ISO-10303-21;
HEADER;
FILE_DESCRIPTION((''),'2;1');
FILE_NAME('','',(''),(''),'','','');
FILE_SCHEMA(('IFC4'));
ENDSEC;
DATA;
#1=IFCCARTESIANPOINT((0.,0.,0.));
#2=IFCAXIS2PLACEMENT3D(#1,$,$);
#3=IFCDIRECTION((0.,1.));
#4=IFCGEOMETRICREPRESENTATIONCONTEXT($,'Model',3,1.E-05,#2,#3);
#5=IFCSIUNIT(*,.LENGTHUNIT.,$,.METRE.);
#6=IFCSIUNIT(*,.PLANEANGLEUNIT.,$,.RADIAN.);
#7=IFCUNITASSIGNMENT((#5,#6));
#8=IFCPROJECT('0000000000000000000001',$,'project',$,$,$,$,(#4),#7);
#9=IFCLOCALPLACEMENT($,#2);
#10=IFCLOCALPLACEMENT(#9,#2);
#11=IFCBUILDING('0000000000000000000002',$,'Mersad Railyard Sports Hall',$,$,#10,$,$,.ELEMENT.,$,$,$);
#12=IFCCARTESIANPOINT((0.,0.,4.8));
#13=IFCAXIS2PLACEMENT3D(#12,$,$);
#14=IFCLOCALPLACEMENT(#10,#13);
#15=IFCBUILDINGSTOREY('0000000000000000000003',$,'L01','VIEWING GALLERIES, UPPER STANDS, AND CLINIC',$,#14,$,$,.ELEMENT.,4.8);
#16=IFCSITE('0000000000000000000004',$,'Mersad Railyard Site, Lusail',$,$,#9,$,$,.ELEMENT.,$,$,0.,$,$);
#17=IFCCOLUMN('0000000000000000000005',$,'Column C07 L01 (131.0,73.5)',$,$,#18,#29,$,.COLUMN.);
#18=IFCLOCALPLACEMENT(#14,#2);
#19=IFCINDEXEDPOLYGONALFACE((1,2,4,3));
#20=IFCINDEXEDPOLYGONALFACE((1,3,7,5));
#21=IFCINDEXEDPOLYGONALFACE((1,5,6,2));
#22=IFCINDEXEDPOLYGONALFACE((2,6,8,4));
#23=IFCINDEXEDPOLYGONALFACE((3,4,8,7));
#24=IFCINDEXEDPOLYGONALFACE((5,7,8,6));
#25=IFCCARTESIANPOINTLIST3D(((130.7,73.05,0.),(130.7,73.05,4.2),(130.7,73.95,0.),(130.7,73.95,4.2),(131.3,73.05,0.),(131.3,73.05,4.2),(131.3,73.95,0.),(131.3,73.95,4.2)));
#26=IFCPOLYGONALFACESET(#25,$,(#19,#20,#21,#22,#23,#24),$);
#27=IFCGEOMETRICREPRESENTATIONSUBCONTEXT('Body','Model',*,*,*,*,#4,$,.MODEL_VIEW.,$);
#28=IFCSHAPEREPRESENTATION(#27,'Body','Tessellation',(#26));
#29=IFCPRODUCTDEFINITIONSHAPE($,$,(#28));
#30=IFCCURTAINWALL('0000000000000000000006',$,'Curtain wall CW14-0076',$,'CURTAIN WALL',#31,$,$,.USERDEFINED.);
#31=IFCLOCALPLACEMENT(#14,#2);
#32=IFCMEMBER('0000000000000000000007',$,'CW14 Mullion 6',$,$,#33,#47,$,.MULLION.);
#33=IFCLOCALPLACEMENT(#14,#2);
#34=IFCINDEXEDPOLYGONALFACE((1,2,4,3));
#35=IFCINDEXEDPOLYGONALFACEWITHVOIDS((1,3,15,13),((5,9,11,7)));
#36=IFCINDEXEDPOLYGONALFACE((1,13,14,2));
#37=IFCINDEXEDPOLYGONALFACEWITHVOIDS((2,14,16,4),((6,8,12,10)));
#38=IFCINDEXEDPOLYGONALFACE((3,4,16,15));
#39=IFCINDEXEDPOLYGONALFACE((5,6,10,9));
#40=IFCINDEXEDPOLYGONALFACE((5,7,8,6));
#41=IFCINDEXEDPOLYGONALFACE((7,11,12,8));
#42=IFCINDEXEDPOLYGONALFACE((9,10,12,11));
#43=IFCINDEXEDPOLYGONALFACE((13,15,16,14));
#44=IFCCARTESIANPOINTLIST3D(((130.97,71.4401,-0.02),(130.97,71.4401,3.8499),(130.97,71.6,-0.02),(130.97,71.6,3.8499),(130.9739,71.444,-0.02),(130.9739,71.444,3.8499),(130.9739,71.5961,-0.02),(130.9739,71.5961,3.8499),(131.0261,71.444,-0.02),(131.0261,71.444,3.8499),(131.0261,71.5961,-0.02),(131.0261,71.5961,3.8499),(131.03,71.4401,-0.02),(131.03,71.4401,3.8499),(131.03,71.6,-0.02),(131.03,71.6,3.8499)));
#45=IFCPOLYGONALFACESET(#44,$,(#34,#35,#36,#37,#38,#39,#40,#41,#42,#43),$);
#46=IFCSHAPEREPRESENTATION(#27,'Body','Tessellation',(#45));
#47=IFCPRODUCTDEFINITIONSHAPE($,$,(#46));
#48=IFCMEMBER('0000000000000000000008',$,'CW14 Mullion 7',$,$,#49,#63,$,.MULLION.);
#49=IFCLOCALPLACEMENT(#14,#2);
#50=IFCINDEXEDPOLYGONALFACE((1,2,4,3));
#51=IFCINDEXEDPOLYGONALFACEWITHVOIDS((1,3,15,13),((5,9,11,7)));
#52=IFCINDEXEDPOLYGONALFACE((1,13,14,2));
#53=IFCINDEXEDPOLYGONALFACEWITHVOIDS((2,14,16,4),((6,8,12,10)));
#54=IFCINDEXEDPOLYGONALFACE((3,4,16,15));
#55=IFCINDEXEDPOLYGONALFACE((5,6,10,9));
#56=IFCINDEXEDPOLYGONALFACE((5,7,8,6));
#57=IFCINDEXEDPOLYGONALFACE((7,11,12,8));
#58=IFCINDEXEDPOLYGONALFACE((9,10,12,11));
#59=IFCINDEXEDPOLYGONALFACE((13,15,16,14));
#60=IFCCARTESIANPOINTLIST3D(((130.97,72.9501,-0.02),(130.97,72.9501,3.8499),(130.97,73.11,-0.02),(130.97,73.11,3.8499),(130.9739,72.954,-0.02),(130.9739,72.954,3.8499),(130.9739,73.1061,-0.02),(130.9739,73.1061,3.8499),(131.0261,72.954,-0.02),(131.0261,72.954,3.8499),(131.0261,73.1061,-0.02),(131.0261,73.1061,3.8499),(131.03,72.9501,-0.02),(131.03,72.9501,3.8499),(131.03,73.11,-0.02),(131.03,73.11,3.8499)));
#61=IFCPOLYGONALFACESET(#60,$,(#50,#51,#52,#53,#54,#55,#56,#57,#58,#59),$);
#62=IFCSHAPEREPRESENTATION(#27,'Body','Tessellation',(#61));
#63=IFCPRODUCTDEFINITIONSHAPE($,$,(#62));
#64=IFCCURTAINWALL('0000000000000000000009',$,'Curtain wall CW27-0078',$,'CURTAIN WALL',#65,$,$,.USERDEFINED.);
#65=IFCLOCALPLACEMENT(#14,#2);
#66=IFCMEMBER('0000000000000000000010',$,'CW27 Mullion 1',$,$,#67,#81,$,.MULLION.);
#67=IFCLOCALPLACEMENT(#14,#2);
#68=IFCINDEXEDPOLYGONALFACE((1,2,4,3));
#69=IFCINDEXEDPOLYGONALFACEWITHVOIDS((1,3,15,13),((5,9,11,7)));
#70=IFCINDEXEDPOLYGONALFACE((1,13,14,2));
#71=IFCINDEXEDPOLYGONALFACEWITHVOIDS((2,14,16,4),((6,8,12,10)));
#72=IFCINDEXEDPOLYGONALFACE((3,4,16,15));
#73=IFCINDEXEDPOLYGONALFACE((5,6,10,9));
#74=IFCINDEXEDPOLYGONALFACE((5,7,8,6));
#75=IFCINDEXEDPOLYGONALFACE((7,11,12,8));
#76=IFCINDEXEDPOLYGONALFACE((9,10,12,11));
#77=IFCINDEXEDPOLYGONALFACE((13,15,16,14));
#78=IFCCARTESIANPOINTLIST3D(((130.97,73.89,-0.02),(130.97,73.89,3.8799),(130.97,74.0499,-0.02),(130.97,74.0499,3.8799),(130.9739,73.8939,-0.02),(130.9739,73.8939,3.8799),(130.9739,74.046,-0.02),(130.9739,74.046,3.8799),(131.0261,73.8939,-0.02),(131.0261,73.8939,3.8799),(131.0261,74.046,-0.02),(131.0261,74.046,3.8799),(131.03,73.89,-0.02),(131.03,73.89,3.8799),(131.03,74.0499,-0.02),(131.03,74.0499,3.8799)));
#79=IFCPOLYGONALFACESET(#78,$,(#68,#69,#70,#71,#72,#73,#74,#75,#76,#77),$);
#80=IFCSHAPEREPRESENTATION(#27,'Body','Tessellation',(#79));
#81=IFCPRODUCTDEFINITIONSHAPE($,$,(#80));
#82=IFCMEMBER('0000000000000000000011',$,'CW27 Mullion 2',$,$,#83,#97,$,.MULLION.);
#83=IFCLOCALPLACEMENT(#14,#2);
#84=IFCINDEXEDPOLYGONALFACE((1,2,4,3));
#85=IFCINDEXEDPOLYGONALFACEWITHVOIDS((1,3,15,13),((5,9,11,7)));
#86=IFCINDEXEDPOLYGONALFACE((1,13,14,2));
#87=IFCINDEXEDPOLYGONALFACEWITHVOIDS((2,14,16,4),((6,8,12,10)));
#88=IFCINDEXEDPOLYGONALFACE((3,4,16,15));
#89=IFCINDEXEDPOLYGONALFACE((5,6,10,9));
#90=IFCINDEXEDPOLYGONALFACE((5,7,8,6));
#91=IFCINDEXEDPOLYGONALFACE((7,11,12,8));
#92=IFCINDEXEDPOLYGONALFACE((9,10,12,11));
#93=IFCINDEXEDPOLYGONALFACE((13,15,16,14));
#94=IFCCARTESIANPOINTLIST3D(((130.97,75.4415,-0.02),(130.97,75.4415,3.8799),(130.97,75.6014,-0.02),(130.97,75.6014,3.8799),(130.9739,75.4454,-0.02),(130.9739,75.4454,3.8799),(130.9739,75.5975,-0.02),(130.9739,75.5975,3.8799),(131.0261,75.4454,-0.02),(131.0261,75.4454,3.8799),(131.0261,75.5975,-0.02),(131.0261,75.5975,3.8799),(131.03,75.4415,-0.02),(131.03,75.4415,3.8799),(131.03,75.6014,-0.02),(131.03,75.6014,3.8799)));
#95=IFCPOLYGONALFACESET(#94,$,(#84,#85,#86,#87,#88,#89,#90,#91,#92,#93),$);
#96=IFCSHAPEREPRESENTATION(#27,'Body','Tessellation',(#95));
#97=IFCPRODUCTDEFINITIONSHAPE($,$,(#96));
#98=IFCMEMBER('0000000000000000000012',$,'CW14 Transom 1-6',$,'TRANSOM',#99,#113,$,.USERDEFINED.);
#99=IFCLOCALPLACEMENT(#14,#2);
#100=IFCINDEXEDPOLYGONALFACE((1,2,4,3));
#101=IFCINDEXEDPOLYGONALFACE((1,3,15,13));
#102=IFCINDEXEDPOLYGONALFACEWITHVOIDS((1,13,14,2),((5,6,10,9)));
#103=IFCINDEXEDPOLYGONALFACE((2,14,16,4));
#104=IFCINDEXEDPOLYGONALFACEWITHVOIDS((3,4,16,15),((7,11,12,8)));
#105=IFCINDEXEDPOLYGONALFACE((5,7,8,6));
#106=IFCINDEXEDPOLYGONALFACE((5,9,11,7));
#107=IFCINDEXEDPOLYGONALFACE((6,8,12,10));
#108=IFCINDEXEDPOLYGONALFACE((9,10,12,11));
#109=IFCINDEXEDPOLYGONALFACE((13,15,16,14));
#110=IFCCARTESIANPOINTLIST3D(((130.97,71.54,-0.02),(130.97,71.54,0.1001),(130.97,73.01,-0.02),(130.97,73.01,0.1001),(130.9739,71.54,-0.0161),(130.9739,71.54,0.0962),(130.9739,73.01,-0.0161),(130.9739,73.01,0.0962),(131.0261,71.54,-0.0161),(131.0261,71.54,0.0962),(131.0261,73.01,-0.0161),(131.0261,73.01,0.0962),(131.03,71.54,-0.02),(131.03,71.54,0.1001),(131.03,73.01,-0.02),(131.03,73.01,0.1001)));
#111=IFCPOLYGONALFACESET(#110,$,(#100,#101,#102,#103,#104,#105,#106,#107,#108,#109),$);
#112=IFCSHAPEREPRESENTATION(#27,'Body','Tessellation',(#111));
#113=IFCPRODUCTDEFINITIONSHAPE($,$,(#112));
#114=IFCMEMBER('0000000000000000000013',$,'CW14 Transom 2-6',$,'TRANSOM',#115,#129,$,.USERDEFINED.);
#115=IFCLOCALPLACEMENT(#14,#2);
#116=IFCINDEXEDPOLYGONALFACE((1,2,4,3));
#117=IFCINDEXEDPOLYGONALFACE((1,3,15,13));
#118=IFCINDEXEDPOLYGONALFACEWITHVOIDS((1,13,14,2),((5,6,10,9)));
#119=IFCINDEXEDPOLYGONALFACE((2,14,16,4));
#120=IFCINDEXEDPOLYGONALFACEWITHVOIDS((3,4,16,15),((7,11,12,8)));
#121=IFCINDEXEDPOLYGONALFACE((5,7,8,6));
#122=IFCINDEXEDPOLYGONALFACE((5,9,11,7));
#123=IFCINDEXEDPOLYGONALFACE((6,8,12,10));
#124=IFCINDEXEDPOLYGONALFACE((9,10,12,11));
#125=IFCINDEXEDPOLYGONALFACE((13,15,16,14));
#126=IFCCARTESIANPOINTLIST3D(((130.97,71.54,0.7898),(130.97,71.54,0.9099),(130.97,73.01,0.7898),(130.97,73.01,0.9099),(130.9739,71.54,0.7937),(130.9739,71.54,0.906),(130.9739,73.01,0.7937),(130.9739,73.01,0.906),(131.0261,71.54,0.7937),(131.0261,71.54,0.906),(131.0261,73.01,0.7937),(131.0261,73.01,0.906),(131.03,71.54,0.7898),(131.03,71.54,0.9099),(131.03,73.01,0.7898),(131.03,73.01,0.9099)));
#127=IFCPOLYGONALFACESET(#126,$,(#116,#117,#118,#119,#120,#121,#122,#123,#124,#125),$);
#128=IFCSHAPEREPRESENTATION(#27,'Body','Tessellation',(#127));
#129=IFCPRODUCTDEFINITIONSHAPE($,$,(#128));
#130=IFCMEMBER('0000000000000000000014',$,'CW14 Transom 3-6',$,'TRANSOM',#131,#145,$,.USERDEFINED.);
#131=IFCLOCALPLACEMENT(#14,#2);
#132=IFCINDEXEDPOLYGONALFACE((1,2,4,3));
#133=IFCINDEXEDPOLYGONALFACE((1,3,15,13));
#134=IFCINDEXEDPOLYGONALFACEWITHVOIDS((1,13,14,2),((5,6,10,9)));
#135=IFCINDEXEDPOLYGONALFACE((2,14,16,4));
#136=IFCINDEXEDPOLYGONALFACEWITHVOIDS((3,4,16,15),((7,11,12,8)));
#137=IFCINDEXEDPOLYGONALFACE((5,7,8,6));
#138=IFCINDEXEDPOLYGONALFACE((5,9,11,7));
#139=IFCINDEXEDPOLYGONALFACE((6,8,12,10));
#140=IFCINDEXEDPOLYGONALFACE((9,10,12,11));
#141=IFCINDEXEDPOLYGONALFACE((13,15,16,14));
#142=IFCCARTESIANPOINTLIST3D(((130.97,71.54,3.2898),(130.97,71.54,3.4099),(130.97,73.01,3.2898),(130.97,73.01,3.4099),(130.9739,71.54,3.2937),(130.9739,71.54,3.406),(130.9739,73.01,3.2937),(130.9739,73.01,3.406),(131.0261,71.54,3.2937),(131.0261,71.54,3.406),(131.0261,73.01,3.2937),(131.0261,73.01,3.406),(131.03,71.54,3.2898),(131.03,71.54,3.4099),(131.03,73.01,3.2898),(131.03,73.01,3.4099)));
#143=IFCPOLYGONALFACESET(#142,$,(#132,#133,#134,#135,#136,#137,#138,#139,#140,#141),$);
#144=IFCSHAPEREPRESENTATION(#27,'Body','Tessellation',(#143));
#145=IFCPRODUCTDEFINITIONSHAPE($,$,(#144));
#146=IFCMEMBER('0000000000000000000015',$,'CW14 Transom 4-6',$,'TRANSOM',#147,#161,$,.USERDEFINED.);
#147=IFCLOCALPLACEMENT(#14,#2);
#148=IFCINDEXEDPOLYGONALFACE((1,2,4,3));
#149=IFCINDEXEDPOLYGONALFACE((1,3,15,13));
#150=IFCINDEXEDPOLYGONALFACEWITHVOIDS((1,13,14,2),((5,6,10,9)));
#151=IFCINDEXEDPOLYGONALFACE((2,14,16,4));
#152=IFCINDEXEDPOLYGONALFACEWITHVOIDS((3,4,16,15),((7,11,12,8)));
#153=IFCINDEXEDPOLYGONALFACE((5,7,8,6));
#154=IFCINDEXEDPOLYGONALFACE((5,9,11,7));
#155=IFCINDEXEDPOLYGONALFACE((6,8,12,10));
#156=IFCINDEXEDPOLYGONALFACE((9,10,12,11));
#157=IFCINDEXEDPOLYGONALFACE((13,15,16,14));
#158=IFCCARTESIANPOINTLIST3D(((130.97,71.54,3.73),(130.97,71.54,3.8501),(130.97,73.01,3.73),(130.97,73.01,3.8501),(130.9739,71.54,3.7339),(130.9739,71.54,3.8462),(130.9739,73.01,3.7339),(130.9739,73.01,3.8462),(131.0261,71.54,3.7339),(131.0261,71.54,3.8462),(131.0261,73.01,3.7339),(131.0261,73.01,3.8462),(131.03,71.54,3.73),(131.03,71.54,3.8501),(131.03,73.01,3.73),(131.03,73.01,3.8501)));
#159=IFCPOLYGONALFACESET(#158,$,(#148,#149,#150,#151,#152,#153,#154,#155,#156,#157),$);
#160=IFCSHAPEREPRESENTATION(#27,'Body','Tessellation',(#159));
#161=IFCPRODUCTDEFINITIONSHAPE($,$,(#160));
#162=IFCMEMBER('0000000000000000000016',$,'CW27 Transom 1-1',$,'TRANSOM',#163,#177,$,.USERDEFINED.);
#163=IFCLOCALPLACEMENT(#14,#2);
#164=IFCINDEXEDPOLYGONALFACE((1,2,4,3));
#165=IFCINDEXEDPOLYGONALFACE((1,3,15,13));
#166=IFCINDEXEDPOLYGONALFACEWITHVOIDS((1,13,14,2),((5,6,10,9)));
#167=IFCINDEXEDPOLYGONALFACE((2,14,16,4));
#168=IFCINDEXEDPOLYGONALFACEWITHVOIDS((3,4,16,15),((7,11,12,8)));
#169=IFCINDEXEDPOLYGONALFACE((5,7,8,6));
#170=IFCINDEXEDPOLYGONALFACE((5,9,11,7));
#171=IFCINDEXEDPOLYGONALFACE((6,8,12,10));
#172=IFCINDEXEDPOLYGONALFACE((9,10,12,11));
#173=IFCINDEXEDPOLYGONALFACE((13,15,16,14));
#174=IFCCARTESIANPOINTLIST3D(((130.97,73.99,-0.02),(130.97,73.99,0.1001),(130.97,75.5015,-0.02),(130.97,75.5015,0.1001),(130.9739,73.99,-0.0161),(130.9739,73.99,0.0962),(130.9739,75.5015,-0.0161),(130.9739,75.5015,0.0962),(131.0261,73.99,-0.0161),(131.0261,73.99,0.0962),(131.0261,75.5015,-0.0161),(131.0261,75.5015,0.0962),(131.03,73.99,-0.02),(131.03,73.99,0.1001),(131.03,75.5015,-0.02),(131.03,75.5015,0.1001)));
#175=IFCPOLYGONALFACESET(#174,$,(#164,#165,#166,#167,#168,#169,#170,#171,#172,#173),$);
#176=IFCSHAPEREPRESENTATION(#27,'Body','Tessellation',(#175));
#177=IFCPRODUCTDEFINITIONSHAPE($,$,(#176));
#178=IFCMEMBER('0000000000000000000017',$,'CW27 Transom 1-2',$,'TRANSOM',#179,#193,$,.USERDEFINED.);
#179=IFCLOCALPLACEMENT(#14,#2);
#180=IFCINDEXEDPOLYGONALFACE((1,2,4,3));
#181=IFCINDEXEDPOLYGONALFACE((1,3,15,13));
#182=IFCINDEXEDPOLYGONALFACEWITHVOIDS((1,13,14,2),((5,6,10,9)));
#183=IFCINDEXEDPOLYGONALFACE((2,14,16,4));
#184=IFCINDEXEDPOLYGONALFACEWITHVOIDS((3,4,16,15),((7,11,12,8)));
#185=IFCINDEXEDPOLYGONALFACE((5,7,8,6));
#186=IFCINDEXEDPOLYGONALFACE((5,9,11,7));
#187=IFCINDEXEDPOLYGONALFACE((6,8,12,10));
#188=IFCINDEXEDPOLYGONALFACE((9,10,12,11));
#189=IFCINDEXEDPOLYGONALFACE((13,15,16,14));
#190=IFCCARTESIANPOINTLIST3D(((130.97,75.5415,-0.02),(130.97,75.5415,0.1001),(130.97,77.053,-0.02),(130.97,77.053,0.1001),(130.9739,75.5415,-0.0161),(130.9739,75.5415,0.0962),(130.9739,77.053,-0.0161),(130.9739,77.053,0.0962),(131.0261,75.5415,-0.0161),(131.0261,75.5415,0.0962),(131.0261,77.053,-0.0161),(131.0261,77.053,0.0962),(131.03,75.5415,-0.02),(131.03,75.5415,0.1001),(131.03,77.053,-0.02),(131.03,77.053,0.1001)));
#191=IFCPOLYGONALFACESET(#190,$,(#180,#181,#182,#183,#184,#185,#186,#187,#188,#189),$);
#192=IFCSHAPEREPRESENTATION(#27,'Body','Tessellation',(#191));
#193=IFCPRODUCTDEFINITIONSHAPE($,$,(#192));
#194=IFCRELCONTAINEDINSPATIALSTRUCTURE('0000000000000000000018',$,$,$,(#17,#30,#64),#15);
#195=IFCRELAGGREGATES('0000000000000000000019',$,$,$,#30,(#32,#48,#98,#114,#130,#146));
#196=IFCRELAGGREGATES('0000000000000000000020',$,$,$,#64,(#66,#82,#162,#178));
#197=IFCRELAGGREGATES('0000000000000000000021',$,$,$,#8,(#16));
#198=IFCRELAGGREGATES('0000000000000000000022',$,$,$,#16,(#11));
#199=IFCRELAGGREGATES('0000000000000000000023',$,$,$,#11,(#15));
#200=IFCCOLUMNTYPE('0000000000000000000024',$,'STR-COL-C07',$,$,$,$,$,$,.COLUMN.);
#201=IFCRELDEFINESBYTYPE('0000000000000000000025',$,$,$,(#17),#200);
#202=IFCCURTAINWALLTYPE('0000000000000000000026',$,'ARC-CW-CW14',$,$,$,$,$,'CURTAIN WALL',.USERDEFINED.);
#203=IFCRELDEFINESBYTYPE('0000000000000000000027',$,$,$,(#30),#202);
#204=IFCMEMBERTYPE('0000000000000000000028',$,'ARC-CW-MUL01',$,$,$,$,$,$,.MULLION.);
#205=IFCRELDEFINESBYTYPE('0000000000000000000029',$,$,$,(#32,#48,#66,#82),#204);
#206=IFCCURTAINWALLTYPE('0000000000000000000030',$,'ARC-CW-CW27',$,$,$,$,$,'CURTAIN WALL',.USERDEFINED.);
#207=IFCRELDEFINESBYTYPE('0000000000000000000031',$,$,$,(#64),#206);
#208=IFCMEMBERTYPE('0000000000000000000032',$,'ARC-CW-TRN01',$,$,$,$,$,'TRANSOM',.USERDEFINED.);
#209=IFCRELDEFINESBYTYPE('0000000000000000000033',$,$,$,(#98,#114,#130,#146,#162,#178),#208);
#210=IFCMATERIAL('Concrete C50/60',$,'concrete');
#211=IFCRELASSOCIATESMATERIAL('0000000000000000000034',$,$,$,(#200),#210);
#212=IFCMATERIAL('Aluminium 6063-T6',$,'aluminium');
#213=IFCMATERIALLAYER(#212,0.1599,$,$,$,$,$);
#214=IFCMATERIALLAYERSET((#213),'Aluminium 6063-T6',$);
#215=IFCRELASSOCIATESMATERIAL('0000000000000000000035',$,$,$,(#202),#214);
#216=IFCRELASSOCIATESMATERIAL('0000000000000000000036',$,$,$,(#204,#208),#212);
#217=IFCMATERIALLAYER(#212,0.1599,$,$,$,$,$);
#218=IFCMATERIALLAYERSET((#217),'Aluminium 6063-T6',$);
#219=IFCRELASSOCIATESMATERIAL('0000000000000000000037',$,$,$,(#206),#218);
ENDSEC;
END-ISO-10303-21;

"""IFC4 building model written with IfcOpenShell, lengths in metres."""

from ifc_helpers import new_model, si_unit, direction, frame, origin, origin_2d, place, context, subcontext, project, spatial, rectangle, hollow_rectangle, extrude, material, layer, layer_set, material_profile, profile_set, type_object, element, aggregate, save


model = new_model("IFC4")

# Units and contexts
model_context = context("Model", 3, precision=1e-05, world=origin(), true_north=direction((0.0, 1.0)))
body_context = subcontext(model_context, "Body", "Model", "MODEL_VIEW")
ifc_project = project(units=[si_unit("LENGTHUNIT", "METRE"), si_unit("PLANEANGLEUNIT", "RADIAN")], contexts=[model_context])

# Site, building, storey
site_placement = place(None, origin())
site = spatial("IfcSite", under=ifc_project, at=site_placement, Name="Mersad Railyard Site, Lusail", CompositionType="ELEMENT", RefElevation=0.0)
building_placement = place(site_placement, origin())
building = spatial("IfcBuilding", under=site, at=building_placement, Name="Mersad Railyard Sports Hall", CompositionType="ELEMENT")
storey_placement = place(building_placement, frame((0.0, 0.0, 4.8)))
storey = spatial("IfcBuildingStorey", under=building, at=storey_placement, Name="L01", Description="VIEWING GALLERIES, UPPER STANDS, AND CLINIC", CompositionType="ELEMENT", Elevation=4.8)

# Column
ifc_material_1 = material(Name="Concrete C50/60", Category="concrete")
ifc_material_profile_1 = material_profile(ifc_material_1, rectangle(XDim=0.6001, YDim=0.8999, at=origin_2d()), Name="RC 600x900")
ifc_profile_set_1 = profile_set([ifc_material_profile_1], Name="Concrete C50/60")
column_type = type_object("IfcColumnType", Name="STR-COL-C07", PredefinedType="COLUMN", material=ifc_profile_set_1)
column_placement = place(storey_placement, frame((131.0, 73.5, 0.0), z_axis=(0.0, 0.0, 1.0), x_axis=(1.0, 0.0, 0.0)))
element("IfcColumn", 1, at=column_placement, inside=storey, type_object=column_type, Name="Column C07 L01 (131.0,73.5)", PredefinedType="COLUMN", context=body_context, shape_type="SweptSolid", body=[
    extrude(rectangle(XDim=0.6001, YDim=0.8999, at=origin_2d()), origin(), (0.0, 0.0, 1.0), 4.2),
])

# Curtain walls, members
ifc_material_2 = material(Name="Aluminium 6063-T6", Category="aluminium")
ifc_layer_1 = layer(ifc_material_2, 0.1599)
ifc_layer_set_1 = layer_set([ifc_layer_1], Name="Aluminium 6063-T6")
curtain_wall_type_1 = type_object("IfcCurtainWallType", Name="ARC-CW-CW14", ElementType="CURTAIN WALL", PredefinedType="USERDEFINED", material=ifc_layer_set_1)
curtain_wall_1_placement = place(storey_placement, origin())
curtain_wall_1 = element("IfcCurtainWall", 2, at=curtain_wall_1_placement, inside=storey, type_object=curtain_wall_type_1, Name="Curtain wall CW14-0076", ObjectType="CURTAIN WALL", PredefinedType="USERDEFINED")
ifc_material_profile_2 = material_profile(ifc_material_2, hollow_rectangle(XDim=0.0601, YDim=0.1599, WallThickness=0.0039, at=origin_2d()), Name="AL MULLION 60x160x4")
ifc_profile_set_2 = profile_set([ifc_material_profile_2], Name="Aluminium 6063-T6")
member_type_1 = type_object("IfcMemberType", Name="ARC-CW-MUL01", PredefinedType="MULLION", material=ifc_profile_set_2)
member_1_placement = place(storey_placement, frame((131.0, 71.52, -0.02), z_axis=(0.0, 0.0, 1.0), x_axis=(1.0, 0.0, 0.0)))
member_1 = element("IfcMember", 3, at=member_1_placement, type_object=member_type_1, Name="CW14 Mullion 6", PredefinedType="MULLION", context=body_context, shape_type="SweptSolid", body=[
    extrude(hollow_rectangle(XDim=0.0601, YDim=0.1599, WallThickness=0.0039, at=origin_2d()), origin(), (0.0, 0.0, 1.0), 3.8699),
])
member_2_placement = place(storey_placement, frame((131.0, 73.03, -0.02), z_axis=(0.0, 0.0, 1.0), x_axis=(1.0, 0.0, 0.0)))
member_2 = element("IfcMember", 4, at=member_2_placement, type_object=member_type_1, Name="CW14 Mullion 7", PredefinedType="MULLION", context=body_context, shape_type="SweptSolid", body=[
    extrude(hollow_rectangle(XDim=0.0601, YDim=0.1599, WallThickness=0.0039, at=origin_2d()), origin(), (0.0, 0.0, 1.0), 3.8699),
])
ifc_layer_2 = layer(ifc_material_2, 0.1599)
ifc_layer_set_2 = layer_set([ifc_layer_2], Name="Aluminium 6063-T6")
curtain_wall_type_2 = type_object("IfcCurtainWallType", Name="ARC-CW-CW27", ElementType="CURTAIN WALL", PredefinedType="USERDEFINED", material=ifc_layer_set_2)
curtain_wall_2_placement = place(storey_placement, origin())
curtain_wall_2 = element("IfcCurtainWall", 5, at=curtain_wall_2_placement, inside=storey, type_object=curtain_wall_type_2, Name="Curtain wall CW27-0078", ObjectType="CURTAIN WALL", PredefinedType="USERDEFINED")
member_3_placement = place(storey_placement, frame((131.0, 73.97, -0.02), z_axis=(0.0, 0.0, 1.0), x_axis=(1.0, 0.0, 0.0)))
member_3 = element("IfcMember", 6, at=member_3_placement, type_object=member_type_1, Name="CW27 Mullion 1", PredefinedType="MULLION", context=body_context, shape_type="SweptSolid", body=[
    extrude(hollow_rectangle(XDim=0.0601, YDim=0.1599, WallThickness=0.0039, at=origin_2d()), origin(), (0.0, 0.0, 1.0), 3.8999),
])
member_4_placement = place(storey_placement, frame((131.0, 75.5215, -0.02), z_axis=(0.0, 0.0, 1.0), x_axis=(1.0, 0.0, 0.0)))
member_4 = element("IfcMember", 7, at=member_4_placement, type_object=member_type_1, Name="CW27 Mullion 2", PredefinedType="MULLION", context=body_context, shape_type="SweptSolid", body=[
    extrude(hollow_rectangle(XDim=0.0601, YDim=0.1599, WallThickness=0.0039, at=origin_2d()), origin(), (0.0, 0.0, 1.0), 3.8999),
])

# Members
ifc_material_profile_3 = material_profile(ifc_material_2, hollow_rectangle(XDim=0.0601, YDim=0.1201, WallThickness=0.0039, at=origin_2d()), Name="AL TRANSOM 60x120x4")
ifc_profile_set_3 = profile_set([ifc_material_profile_3], Name="Aluminium 6063-T6")
member_type_2 = type_object("IfcMemberType", Name="ARC-CW-TRN01", ElementType="TRANSOM", PredefinedType="USERDEFINED", material=ifc_profile_set_3)
member_5_placement = place(storey_placement, frame((131.0, 71.54, 0.04), z_axis=(0.0, 1.0, 0.0), x_axis=(-1.0, 0.0, 0.0)))
member_5 = element("IfcMember", 8, at=member_5_placement, type_object=member_type_2, Name="CW14 Transom 1-6", ObjectType="TRANSOM", PredefinedType="USERDEFINED", context=body_context, shape_type="SweptSolid", body=[
    extrude(hollow_rectangle(XDim=0.0601, YDim=0.1201, WallThickness=0.0039, at=origin_2d()), origin(), (0.0, 0.0, 1.0), 1.47),
])
member_6_placement = place(storey_placement, frame((131.0, 71.54, 0.8499), z_axis=(0.0, 1.0, 0.0), x_axis=(-1.0, 0.0, 0.0)))
member_6 = element("IfcMember", 9, at=member_6_placement, type_object=member_type_2, Name="CW14 Transom 2-6", ObjectType="TRANSOM", PredefinedType="USERDEFINED", context=body_context, shape_type="SweptSolid", body=[
    extrude(hollow_rectangle(XDim=0.0601, YDim=0.1201, WallThickness=0.0039, at=origin_2d()), origin(), (0.0, 0.0, 1.0), 1.47),
])
member_7_placement = place(storey_placement, frame((131.0, 71.54, 3.3499), z_axis=(0.0, 1.0, 0.0), x_axis=(-1.0, 0.0, 0.0)))
member_7 = element("IfcMember", 10, at=member_7_placement, type_object=member_type_2, Name="CW14 Transom 3-6", ObjectType="TRANSOM", PredefinedType="USERDEFINED", context=body_context, shape_type="SweptSolid", body=[
    extrude(hollow_rectangle(XDim=0.0601, YDim=0.1201, WallThickness=0.0039, at=origin_2d()), origin(), (0.0, 0.0, 1.0), 1.47),
])
member_8_placement = place(storey_placement, frame((131.0, 71.54, 3.79), z_axis=(0.0, 1.0, 0.0), x_axis=(-1.0, 0.0, 0.0)))
member_8 = element("IfcMember", 11, at=member_8_placement, type_object=member_type_2, Name="CW14 Transom 4-6", ObjectType="TRANSOM", PredefinedType="USERDEFINED", context=body_context, shape_type="SweptSolid", body=[
    extrude(hollow_rectangle(XDim=0.0601, YDim=0.1201, WallThickness=0.0039, at=origin_2d()), origin(), (0.0, 0.0, 1.0), 1.47),
])
member_9_placement = place(storey_placement, frame((131.0, 73.99, 0.04), z_axis=(0.0, 1.0, 0.0), x_axis=(-1.0, 0.0, 0.0)))
member_9 = element("IfcMember", 12, at=member_9_placement, type_object=member_type_2, Name="CW27 Transom 1-1", ObjectType="TRANSOM", PredefinedType="USERDEFINED", context=body_context, shape_type="SweptSolid", body=[
    extrude(hollow_rectangle(XDim=0.0601, YDim=0.1201, WallThickness=0.0039, at=origin_2d()), origin(), (0.0, 0.0, 1.0), 1.5115),
])
member_10_placement = place(storey_placement, frame((131.0, 75.5415, 0.04), z_axis=(0.0, 1.0, 0.0), x_axis=(-1.0, 0.0, 0.0)))
member_10 = element("IfcMember", 13, at=member_10_placement, type_object=member_type_2, Name="CW27 Transom 1-2", ObjectType="TRANSOM", PredefinedType="USERDEFINED", context=body_context, shape_type="SweptSolid", body=[
    extrude(hollow_rectangle(XDim=0.0601, YDim=0.1201, WallThickness=0.0039, at=origin_2d()), origin(), (0.0, 0.0, 1.0), 1.5115),
])

aggregate(curtain_wall_1, [member_1, member_2, member_5, member_6, member_7, member_8])
aggregate(curtain_wall_2, [member_3, member_4, member_9, member_10])

save(model, "model.ifc")
